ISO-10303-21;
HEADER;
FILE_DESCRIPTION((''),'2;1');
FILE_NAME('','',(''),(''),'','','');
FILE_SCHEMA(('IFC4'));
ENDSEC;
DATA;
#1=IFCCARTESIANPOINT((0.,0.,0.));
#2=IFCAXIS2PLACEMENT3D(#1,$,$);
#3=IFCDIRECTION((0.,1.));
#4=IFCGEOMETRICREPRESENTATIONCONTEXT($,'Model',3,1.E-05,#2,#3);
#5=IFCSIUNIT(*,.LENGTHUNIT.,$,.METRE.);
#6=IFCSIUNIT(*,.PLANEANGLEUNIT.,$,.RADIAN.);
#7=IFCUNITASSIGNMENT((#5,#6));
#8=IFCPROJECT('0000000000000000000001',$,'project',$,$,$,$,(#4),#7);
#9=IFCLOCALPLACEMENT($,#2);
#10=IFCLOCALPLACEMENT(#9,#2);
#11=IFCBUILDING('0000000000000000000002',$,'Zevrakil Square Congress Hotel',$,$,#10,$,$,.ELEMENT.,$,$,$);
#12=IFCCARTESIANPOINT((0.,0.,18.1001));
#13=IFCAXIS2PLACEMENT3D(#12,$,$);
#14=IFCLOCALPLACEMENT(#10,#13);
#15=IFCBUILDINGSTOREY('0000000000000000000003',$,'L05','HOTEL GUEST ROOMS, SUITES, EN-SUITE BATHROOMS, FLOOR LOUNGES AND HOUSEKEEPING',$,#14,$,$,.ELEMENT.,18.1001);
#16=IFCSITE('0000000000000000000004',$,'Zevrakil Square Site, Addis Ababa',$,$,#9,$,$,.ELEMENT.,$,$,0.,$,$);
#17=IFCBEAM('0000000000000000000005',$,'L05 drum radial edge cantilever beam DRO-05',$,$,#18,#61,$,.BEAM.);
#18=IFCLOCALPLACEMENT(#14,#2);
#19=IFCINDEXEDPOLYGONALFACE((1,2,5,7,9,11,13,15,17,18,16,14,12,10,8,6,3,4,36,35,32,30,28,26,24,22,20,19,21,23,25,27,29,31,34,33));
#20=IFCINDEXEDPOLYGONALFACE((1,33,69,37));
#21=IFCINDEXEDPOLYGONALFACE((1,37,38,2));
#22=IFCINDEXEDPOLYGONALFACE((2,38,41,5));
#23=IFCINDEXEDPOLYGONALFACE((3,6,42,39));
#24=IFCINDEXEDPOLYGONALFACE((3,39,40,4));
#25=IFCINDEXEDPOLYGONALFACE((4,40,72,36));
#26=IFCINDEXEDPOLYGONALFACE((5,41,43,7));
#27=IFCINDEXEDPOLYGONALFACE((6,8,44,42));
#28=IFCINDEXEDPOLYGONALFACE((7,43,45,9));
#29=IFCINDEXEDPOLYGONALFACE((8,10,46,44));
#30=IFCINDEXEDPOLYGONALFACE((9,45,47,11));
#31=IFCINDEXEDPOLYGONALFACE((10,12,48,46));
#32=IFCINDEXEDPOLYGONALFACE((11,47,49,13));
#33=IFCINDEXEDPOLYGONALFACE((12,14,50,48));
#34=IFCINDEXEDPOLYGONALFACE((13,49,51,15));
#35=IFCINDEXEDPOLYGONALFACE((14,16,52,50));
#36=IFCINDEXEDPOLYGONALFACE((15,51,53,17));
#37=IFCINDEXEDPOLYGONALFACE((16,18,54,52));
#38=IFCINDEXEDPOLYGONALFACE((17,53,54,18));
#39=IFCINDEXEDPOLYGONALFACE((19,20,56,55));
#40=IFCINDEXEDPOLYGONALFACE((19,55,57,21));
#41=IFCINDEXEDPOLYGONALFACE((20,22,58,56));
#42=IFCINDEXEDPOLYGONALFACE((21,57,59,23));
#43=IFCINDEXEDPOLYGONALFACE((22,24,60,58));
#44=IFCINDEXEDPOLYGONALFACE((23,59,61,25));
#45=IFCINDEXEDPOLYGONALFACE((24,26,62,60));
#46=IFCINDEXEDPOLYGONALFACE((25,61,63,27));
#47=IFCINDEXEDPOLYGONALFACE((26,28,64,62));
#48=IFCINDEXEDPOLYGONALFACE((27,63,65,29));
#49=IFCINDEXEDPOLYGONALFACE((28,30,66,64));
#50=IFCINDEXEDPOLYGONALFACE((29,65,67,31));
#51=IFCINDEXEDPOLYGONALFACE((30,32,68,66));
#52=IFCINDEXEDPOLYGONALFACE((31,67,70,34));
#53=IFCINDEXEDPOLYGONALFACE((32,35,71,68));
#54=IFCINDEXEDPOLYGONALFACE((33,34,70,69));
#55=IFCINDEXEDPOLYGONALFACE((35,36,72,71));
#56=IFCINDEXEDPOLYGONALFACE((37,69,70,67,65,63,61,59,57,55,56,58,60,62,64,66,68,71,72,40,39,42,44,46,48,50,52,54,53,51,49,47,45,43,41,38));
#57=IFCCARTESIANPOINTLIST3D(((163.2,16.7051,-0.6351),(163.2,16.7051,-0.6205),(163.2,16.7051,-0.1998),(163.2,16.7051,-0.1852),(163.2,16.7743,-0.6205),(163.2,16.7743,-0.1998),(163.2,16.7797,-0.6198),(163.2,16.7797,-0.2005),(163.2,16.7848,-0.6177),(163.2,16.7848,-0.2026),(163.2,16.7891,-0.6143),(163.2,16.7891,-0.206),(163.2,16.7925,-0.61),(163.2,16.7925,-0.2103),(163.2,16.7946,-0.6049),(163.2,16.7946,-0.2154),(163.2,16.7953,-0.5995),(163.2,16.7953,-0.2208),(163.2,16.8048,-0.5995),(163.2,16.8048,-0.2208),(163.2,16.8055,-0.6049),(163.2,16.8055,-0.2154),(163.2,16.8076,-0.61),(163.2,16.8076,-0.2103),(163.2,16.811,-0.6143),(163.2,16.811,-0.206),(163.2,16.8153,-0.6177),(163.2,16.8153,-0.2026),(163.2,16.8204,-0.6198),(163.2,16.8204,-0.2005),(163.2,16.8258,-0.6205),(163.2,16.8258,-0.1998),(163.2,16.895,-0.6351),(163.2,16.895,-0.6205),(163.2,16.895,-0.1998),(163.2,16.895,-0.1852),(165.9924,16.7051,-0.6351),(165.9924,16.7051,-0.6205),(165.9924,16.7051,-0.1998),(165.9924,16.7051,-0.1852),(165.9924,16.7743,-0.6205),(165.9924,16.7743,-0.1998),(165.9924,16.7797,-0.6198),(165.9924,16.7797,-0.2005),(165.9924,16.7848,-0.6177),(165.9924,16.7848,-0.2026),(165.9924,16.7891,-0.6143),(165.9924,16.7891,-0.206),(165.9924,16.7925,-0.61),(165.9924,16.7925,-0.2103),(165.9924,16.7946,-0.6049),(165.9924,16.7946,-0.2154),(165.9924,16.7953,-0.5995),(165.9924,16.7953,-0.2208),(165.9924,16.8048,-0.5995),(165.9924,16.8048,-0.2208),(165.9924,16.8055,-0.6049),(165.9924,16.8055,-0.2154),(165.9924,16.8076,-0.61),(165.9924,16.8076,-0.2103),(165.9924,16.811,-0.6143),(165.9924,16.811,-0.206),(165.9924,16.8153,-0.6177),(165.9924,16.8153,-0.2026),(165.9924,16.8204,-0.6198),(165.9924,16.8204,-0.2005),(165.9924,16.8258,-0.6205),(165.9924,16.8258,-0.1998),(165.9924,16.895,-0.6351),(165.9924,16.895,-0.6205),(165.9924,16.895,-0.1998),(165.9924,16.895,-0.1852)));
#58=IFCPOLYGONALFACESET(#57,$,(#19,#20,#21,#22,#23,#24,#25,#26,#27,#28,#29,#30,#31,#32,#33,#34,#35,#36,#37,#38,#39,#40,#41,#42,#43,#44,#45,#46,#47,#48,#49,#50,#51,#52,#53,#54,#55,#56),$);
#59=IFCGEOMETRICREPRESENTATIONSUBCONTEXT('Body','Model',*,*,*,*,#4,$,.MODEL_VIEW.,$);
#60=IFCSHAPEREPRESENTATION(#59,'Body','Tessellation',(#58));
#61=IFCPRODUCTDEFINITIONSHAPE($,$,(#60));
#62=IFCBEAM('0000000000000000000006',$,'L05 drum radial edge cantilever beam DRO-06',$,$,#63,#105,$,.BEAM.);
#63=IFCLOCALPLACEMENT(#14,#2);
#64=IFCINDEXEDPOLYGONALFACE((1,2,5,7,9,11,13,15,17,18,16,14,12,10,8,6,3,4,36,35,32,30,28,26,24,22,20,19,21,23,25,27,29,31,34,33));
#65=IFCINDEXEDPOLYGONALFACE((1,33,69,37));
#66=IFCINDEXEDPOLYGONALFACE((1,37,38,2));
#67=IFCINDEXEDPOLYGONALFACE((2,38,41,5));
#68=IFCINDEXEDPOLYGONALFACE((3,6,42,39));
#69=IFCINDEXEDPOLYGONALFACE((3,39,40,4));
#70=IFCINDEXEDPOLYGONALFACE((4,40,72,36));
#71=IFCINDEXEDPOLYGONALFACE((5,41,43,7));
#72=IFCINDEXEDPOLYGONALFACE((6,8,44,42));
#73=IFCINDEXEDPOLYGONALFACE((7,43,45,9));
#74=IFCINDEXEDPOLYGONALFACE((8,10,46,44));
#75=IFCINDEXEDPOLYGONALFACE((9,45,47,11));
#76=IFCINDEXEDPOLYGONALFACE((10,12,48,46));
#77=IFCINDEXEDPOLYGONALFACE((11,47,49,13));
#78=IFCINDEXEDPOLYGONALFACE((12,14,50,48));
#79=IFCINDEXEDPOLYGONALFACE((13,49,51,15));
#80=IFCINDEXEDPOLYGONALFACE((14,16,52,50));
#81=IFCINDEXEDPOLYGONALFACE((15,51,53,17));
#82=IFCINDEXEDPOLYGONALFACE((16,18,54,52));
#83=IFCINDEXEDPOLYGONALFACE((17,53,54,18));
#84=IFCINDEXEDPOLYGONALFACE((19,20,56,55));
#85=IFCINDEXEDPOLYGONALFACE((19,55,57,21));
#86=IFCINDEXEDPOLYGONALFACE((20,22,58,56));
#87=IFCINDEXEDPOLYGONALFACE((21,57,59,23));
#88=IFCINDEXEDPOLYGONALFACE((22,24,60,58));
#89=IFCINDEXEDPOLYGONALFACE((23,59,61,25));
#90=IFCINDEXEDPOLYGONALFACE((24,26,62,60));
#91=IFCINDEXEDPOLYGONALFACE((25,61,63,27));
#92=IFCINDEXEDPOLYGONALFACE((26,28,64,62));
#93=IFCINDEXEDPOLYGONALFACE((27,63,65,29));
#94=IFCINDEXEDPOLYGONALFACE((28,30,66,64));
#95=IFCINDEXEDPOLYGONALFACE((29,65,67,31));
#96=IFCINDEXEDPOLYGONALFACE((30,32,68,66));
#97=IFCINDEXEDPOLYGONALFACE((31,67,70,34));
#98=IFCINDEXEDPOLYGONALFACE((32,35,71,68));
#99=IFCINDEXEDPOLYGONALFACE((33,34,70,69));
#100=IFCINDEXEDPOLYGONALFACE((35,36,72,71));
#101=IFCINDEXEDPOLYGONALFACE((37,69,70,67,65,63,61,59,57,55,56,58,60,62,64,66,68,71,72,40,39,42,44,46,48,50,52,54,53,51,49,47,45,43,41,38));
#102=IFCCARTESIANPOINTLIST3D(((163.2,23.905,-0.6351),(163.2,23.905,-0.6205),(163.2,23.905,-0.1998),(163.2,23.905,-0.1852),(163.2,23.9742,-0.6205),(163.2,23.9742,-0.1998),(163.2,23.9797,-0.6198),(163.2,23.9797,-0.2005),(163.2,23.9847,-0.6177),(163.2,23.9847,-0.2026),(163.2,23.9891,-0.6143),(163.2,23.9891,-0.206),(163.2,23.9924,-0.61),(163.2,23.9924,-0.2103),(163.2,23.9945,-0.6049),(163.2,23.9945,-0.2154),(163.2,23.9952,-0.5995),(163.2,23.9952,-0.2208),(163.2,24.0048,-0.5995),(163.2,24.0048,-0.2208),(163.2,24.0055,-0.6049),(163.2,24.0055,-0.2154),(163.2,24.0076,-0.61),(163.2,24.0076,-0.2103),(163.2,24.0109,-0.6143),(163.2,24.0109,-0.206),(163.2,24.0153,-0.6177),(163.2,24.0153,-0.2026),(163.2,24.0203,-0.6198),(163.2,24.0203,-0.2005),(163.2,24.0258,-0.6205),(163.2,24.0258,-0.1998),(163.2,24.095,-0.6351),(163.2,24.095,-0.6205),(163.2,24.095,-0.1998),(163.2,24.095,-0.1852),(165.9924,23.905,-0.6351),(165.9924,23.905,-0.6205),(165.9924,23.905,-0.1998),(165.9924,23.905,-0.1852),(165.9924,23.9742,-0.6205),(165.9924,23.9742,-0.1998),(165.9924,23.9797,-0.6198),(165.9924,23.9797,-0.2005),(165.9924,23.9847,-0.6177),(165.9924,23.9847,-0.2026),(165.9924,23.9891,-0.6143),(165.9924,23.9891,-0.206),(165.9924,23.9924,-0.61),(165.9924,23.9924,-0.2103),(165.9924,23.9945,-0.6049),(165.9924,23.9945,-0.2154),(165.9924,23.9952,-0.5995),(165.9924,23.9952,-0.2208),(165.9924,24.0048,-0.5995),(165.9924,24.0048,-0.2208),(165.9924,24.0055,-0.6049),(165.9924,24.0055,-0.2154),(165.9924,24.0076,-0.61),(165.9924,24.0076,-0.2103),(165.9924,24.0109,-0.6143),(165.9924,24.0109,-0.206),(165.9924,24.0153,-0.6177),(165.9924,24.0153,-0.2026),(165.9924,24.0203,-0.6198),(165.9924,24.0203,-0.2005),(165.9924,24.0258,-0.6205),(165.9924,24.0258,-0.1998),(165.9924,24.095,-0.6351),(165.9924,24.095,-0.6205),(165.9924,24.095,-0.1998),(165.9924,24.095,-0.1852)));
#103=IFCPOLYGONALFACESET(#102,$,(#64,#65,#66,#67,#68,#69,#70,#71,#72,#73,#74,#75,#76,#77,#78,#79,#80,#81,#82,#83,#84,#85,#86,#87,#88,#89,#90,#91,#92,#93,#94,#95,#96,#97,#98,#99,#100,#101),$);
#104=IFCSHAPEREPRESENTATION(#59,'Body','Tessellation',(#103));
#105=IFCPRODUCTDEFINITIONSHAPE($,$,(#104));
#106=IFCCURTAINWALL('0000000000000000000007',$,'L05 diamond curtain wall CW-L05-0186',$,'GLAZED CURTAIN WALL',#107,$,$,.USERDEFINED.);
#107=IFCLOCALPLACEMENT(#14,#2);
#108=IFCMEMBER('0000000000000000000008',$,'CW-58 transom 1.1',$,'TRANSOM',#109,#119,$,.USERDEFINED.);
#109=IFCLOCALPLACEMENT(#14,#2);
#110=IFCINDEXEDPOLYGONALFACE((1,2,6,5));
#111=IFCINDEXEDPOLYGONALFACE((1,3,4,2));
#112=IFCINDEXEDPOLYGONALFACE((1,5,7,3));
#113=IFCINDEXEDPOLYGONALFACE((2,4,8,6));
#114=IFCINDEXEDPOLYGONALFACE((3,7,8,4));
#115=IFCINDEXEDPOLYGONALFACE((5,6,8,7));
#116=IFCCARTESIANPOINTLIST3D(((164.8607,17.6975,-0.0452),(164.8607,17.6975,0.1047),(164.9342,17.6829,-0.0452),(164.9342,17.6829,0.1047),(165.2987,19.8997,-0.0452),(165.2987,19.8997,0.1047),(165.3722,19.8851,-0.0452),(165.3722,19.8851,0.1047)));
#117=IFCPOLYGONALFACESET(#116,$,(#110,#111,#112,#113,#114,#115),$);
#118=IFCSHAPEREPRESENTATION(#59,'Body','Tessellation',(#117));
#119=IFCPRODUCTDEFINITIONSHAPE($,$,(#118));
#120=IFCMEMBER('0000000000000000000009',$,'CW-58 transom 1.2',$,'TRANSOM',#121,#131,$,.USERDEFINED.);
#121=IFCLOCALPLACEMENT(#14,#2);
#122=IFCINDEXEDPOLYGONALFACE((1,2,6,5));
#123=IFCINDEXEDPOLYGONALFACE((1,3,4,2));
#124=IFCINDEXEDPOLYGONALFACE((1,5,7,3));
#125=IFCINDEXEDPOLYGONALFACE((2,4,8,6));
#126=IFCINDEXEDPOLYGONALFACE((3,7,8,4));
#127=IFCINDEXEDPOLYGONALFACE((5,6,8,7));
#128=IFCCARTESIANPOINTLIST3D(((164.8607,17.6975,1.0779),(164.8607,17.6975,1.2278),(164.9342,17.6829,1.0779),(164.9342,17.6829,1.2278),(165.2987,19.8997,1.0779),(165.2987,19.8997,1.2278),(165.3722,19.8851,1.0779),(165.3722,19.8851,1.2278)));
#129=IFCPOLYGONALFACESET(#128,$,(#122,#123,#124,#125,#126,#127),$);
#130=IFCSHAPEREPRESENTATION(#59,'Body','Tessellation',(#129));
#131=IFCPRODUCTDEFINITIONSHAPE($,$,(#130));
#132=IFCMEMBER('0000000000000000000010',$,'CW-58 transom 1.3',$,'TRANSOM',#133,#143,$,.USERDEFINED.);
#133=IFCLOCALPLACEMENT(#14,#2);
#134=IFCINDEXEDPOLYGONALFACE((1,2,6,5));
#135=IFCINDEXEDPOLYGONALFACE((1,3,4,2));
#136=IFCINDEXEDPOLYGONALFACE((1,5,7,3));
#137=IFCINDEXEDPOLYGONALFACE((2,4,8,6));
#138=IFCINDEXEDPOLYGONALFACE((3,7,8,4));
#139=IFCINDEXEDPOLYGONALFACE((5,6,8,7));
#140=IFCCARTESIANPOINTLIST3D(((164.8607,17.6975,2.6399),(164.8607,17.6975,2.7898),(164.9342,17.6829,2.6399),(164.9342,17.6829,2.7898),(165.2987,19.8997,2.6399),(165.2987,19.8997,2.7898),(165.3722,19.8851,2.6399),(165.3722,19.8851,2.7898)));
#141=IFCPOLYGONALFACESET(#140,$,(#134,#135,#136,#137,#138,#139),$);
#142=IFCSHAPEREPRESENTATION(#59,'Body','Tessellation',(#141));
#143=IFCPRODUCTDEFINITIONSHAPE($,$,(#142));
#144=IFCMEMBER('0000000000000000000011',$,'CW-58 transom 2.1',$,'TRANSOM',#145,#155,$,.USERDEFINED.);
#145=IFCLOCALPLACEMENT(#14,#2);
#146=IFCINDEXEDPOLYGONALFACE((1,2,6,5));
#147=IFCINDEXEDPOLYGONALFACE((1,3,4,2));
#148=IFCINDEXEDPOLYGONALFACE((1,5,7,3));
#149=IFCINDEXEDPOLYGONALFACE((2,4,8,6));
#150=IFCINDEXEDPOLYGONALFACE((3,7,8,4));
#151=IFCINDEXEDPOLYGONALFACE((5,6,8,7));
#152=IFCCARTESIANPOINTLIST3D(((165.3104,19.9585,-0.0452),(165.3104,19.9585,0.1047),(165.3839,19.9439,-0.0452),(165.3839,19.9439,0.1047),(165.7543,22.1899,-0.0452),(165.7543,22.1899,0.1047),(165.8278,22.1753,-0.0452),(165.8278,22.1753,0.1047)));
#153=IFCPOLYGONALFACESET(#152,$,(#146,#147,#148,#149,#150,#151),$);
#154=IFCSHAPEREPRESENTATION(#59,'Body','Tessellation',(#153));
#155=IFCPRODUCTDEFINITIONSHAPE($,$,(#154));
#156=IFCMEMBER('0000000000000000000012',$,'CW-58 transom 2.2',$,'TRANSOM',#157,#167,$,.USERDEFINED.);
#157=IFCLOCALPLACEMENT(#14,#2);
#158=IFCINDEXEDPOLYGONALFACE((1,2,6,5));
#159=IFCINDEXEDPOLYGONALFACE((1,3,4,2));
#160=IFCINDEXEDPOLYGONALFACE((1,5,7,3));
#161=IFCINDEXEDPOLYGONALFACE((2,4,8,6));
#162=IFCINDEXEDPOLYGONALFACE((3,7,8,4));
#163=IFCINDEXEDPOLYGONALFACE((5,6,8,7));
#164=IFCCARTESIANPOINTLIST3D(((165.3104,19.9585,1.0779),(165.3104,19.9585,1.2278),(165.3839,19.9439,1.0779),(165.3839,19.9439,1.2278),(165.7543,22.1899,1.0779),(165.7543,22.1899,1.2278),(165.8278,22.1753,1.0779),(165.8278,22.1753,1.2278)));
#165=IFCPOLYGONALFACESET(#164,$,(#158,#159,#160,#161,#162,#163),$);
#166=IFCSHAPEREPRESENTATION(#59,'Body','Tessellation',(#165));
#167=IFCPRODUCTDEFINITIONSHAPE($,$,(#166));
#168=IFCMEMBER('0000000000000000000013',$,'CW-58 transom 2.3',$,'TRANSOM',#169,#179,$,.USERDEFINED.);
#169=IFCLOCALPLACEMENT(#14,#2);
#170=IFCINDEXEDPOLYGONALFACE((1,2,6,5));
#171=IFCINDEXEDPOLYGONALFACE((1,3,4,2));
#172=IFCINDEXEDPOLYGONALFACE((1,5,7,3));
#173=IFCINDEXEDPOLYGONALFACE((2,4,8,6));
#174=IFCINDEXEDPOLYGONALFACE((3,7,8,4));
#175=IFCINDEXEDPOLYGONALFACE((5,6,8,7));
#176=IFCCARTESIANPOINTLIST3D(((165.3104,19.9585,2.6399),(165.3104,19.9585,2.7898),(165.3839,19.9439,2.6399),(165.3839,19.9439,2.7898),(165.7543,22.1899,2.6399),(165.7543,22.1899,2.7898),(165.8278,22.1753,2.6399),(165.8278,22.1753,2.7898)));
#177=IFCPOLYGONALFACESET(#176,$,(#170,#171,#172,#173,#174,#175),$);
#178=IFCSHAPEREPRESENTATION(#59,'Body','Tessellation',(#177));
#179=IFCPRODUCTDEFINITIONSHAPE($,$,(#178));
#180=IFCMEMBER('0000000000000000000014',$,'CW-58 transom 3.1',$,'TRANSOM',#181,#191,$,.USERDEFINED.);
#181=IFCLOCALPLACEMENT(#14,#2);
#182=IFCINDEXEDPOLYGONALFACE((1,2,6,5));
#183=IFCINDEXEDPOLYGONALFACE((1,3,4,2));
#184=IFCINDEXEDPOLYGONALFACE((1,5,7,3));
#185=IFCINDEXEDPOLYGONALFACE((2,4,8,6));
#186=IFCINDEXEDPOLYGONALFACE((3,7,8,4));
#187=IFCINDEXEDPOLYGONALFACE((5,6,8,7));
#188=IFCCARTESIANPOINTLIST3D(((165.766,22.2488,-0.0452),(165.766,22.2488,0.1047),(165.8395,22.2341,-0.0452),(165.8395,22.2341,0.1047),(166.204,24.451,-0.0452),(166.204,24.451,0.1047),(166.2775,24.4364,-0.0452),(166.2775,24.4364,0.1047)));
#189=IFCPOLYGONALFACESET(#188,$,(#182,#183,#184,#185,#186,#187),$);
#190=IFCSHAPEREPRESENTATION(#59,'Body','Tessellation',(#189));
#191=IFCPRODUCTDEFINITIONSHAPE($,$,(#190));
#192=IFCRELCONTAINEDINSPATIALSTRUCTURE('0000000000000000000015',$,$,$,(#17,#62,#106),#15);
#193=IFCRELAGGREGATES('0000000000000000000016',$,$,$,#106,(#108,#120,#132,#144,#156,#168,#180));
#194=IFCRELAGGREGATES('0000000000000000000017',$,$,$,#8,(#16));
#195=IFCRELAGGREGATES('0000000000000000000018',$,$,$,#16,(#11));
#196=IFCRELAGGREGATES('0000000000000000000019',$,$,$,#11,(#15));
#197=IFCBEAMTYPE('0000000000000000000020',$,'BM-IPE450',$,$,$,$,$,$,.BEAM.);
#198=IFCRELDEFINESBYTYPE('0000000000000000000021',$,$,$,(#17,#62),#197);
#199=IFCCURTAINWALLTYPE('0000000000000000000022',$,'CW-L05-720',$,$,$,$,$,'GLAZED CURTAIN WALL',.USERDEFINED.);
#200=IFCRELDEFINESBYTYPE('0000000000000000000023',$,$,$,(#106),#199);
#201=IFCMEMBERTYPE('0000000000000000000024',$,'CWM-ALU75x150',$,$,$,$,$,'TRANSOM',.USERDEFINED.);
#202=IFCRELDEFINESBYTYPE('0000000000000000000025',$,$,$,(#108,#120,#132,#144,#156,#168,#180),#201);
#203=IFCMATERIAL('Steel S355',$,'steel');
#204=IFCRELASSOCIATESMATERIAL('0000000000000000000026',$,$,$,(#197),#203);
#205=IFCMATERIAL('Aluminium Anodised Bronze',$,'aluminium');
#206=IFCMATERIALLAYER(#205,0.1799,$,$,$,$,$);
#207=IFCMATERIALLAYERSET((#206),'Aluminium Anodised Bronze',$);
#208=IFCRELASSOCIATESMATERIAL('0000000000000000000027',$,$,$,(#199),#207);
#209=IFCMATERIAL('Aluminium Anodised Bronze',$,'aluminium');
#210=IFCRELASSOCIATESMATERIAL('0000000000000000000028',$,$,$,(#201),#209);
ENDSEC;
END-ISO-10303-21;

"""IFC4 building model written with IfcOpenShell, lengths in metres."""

from ifc_helpers import new_model, si_unit, direction, frame, origin, origin_2d, place, context, subcontext, project, spatial, rectangle, i_section, extrude, material, layer, layer_set, material_profile, profile_set, type_object, element, aggregate, save


model = new_model("IFC4")

# Units and contexts
model_context = context("Model", 3, precision=1e-05, world=origin(), true_north=direction((0.0, 1.0)))
body_context = subcontext(model_context, "Body", "Model", "MODEL_VIEW")
ifc_project = project(units=[si_unit("LENGTHUNIT", "METRE"), si_unit("PLANEANGLEUNIT", "RADIAN")], contexts=[model_context])

# Site, building, storey
site_placement = place(None, origin())
site = spatial("IfcSite", under=ifc_project, at=site_placement, Name="Zevrakil Square Site, Addis Ababa", CompositionType="ELEMENT", RefElevation=0.0)
building_placement = place(site_placement, origin())
building = spatial("IfcBuilding", under=site, at=building_placement, Name="Zevrakil Square Congress Hotel", CompositionType="ELEMENT")
storey_placement = place(building_placement, frame((0.0, 0.0, 18.1001)))
storey = spatial("IfcBuildingStorey", under=building, at=storey_placement, Name="L05", Description="HOTEL GUEST ROOMS, SUITES, EN-SUITE BATHROOMS, FLOOR LOUNGES AND HOUSEKEEPING", CompositionType="ELEMENT", Elevation=18.1001)

# Beams
ifc_material_1 = material(Name="Steel S355", Category="steel")
ifc_material_profile_1 = material_profile(ifc_material_1, i_section(OverallWidth=0.1899, OverallDepth=0.45, WebThickness=0.0095, FlangeThickness=0.0146, FilletRadius=0.021, at=origin_2d()), Name="IPE 450")
ifc_profile_set_1 = profile_set([ifc_material_profile_1], Name="Steel S355")
beam_type_1 = type_object("IfcBeamType", Name="BM-IPE450", PredefinedType="BEAM", material=ifc_profile_set_1)
for number, where, z_axis, x_axis, name in (
    (1, (163.2, 16.8, -0.4102), (1.0, 0.0, 0.0), (0.0, 1.0, 0.0), "L05 drum radial edge cantilever beam DRO-05"),
    (2, (163.2, 24.0, -0.4102), (1.0, 0.0, 0.0), (0.0, 1.0, 0.0), "L05 drum radial edge cantilever beam DRO-06"),
):
    element("IfcBeam", number, at=place(storey_placement, frame(where, z_axis=z_axis, x_axis=x_axis)), inside=storey, type_object=beam_type_1, Name=name, PredefinedType="BEAM", context=body_context, shape_type="SweptSolid", body=[
        extrude(i_section(OverallWidth=0.1899, OverallDepth=0.45, WebThickness=0.0095, FlangeThickness=0.0146, FilletRadius=0.021, at=origin_2d()), origin(), (0.0, 0.0, 1.0), 2.7925),
    ])

# Curtain wall, members
ifc_material_2 = material(Name="Aluminium Anodised Bronze", Category="aluminium")
ifc_layer_1 = layer(ifc_material_2, 0.1799)
ifc_layer_set_1 = layer_set([ifc_layer_1], Name="Aluminium Anodised Bronze")
curtain_wall_type = type_object("IfcCurtainWallType", Name="CW-L05-720", ElementType="GLAZED CURTAIN WALL", PredefinedType="USERDEFINED", material=ifc_layer_set_1)
curtain_wall_1_placement = place(storey_placement, origin())
curtain_wall_1 = element("IfcCurtainWall", 3, at=curtain_wall_1_placement, inside=storey, type_object=curtain_wall_type, Name="L05 diamond curtain wall CW-L05-0186", ObjectType="GLAZED CURTAIN WALL", PredefinedType="USERDEFINED")
ifc_material_3 = material(Name="Aluminium Anodised Bronze", Category="aluminium")
ifc_material_profile_2 = material_profile(ifc_material_3, rectangle(XDim=0.075, YDim=0.1499, at=origin_2d()), Name="ALU 75x150")
ifc_profile_set_2 = profile_set([ifc_material_profile_2], Name="Aluminium Anodised Bronze")
member_type_1 = type_object("IfcMemberType", Name="CWM-ALU75x150", ElementType="TRANSOM", PredefinedType="USERDEFINED", material=ifc_profile_set_2)
member_1_placement = place(storey_placement, frame((164.8975, 17.6902, 0.0298), z_axis=(0.19507, 0.980789, 0.0), x_axis=(-0.980789, 0.19507, 0.0)))
member_1 = element("IfcMember", 4, at=member_1_placement, type_object=member_type_1, Name="CW-58 transom 1.1", ObjectType="TRANSOM", PredefinedType="USERDEFINED", context=body_context, shape_type="SweptSolid", body=[
    extrude(rectangle(XDim=0.075, YDim=0.1499, at=origin_2d()), origin(), (0.0, 0.0, 1.0), 2.2454),
])
member_2_placement = place(storey_placement, frame((164.8975, 17.6902, 1.1528), z_axis=(0.19507, 0.980789, 0.0), x_axis=(-0.980789, 0.19507, 0.0)))
member_2 = element("IfcMember", 5, at=member_2_placement, type_object=member_type_1, Name="CW-58 transom 1.2", ObjectType="TRANSOM", PredefinedType="USERDEFINED", context=body_context, shape_type="SweptSolid", body=[
    extrude(rectangle(XDim=0.075, YDim=0.1499, at=origin_2d()), origin(), (0.0, 0.0, 1.0), 2.2454),
])
member_3_placement = place(storey_placement, frame((164.8975, 17.6902, 2.7148), z_axis=(0.19507, 0.980789, 0.0), x_axis=(-0.980789, 0.19507, 0.0)))
member_3 = element("IfcMember", 6, at=member_3_placement, type_object=member_type_1, Name="CW-58 transom 1.3", ObjectType="TRANSOM", PredefinedType="USERDEFINED", context=body_context, shape_type="SweptSolid", body=[
    extrude(rectangle(XDim=0.075, YDim=0.1499, at=origin_2d()), origin(), (0.0, 0.0, 1.0), 2.2454),
])
member_4_placement = place(storey_placement, frame((165.3472, 19.9512, 0.0298), z_axis=(0.195084, 0.980786, 0.0), x_axis=(-0.980786, 0.195084, 0.0)))
member_4 = element("IfcMember", 7, at=member_4_placement, type_object=member_type_1, Name="CW-58 transom 2.1", ObjectType="TRANSOM", PredefinedType="USERDEFINED", context=body_context, shape_type="SweptSolid", body=[
    extrude(rectangle(XDim=0.075, YDim=0.1499, at=origin_2d()), origin(), (0.0, 0.0, 1.0), 2.2751),
])
member_5_placement = place(storey_placement, frame((165.3472, 19.9512, 1.1528), z_axis=(0.195084, 0.980786, 0.0), x_axis=(-0.980786, 0.195084, 0.0)))
member_5 = element("IfcMember", 8, at=member_5_placement, type_object=member_type_1, Name="CW-58 transom 2.2", ObjectType="TRANSOM", PredefinedType="USERDEFINED", context=body_context, shape_type="SweptSolid", body=[
    extrude(rectangle(XDim=0.075, YDim=0.1499, at=origin_2d()), origin(), (0.0, 0.0, 1.0), 2.2751),
])
member_6_placement = place(storey_placement, frame((165.3472, 19.9512, 2.7148), z_axis=(0.195084, 0.980786, 0.0), x_axis=(-0.980786, 0.195084, 0.0)))
member_6 = element("IfcMember", 9, at=member_6_placement, type_object=member_type_1, Name="CW-58 transom 2.3", ObjectType="TRANSOM", PredefinedType="USERDEFINED", context=body_context, shape_type="SweptSolid", body=[
    extrude(rectangle(XDim=0.075, YDim=0.1499, at=origin_2d()), origin(), (0.0, 0.0, 1.0), 2.2751),
])
member_7_placement = place(storey_placement, frame((165.8027, 22.2415, 0.0298), z_axis=(0.19507, 0.980789, 0.0), x_axis=(-0.980789, 0.19507, 0.0)))
member_7 = element("IfcMember", 10, at=member_7_placement, type_object=member_type_1, Name="CW-58 transom 3.1", ObjectType="TRANSOM", PredefinedType="USERDEFINED", context=body_context, shape_type="SweptSolid", body=[
    extrude(rectangle(XDim=0.075, YDim=0.1499, at=origin_2d()), origin(), (0.0, 0.0, 1.0), 2.2454),
])

aggregate(curtain_wall_1, [member_1, member_2, member_3, member_4, member_5, member_6, member_7])

save(model, "model.ifc")
